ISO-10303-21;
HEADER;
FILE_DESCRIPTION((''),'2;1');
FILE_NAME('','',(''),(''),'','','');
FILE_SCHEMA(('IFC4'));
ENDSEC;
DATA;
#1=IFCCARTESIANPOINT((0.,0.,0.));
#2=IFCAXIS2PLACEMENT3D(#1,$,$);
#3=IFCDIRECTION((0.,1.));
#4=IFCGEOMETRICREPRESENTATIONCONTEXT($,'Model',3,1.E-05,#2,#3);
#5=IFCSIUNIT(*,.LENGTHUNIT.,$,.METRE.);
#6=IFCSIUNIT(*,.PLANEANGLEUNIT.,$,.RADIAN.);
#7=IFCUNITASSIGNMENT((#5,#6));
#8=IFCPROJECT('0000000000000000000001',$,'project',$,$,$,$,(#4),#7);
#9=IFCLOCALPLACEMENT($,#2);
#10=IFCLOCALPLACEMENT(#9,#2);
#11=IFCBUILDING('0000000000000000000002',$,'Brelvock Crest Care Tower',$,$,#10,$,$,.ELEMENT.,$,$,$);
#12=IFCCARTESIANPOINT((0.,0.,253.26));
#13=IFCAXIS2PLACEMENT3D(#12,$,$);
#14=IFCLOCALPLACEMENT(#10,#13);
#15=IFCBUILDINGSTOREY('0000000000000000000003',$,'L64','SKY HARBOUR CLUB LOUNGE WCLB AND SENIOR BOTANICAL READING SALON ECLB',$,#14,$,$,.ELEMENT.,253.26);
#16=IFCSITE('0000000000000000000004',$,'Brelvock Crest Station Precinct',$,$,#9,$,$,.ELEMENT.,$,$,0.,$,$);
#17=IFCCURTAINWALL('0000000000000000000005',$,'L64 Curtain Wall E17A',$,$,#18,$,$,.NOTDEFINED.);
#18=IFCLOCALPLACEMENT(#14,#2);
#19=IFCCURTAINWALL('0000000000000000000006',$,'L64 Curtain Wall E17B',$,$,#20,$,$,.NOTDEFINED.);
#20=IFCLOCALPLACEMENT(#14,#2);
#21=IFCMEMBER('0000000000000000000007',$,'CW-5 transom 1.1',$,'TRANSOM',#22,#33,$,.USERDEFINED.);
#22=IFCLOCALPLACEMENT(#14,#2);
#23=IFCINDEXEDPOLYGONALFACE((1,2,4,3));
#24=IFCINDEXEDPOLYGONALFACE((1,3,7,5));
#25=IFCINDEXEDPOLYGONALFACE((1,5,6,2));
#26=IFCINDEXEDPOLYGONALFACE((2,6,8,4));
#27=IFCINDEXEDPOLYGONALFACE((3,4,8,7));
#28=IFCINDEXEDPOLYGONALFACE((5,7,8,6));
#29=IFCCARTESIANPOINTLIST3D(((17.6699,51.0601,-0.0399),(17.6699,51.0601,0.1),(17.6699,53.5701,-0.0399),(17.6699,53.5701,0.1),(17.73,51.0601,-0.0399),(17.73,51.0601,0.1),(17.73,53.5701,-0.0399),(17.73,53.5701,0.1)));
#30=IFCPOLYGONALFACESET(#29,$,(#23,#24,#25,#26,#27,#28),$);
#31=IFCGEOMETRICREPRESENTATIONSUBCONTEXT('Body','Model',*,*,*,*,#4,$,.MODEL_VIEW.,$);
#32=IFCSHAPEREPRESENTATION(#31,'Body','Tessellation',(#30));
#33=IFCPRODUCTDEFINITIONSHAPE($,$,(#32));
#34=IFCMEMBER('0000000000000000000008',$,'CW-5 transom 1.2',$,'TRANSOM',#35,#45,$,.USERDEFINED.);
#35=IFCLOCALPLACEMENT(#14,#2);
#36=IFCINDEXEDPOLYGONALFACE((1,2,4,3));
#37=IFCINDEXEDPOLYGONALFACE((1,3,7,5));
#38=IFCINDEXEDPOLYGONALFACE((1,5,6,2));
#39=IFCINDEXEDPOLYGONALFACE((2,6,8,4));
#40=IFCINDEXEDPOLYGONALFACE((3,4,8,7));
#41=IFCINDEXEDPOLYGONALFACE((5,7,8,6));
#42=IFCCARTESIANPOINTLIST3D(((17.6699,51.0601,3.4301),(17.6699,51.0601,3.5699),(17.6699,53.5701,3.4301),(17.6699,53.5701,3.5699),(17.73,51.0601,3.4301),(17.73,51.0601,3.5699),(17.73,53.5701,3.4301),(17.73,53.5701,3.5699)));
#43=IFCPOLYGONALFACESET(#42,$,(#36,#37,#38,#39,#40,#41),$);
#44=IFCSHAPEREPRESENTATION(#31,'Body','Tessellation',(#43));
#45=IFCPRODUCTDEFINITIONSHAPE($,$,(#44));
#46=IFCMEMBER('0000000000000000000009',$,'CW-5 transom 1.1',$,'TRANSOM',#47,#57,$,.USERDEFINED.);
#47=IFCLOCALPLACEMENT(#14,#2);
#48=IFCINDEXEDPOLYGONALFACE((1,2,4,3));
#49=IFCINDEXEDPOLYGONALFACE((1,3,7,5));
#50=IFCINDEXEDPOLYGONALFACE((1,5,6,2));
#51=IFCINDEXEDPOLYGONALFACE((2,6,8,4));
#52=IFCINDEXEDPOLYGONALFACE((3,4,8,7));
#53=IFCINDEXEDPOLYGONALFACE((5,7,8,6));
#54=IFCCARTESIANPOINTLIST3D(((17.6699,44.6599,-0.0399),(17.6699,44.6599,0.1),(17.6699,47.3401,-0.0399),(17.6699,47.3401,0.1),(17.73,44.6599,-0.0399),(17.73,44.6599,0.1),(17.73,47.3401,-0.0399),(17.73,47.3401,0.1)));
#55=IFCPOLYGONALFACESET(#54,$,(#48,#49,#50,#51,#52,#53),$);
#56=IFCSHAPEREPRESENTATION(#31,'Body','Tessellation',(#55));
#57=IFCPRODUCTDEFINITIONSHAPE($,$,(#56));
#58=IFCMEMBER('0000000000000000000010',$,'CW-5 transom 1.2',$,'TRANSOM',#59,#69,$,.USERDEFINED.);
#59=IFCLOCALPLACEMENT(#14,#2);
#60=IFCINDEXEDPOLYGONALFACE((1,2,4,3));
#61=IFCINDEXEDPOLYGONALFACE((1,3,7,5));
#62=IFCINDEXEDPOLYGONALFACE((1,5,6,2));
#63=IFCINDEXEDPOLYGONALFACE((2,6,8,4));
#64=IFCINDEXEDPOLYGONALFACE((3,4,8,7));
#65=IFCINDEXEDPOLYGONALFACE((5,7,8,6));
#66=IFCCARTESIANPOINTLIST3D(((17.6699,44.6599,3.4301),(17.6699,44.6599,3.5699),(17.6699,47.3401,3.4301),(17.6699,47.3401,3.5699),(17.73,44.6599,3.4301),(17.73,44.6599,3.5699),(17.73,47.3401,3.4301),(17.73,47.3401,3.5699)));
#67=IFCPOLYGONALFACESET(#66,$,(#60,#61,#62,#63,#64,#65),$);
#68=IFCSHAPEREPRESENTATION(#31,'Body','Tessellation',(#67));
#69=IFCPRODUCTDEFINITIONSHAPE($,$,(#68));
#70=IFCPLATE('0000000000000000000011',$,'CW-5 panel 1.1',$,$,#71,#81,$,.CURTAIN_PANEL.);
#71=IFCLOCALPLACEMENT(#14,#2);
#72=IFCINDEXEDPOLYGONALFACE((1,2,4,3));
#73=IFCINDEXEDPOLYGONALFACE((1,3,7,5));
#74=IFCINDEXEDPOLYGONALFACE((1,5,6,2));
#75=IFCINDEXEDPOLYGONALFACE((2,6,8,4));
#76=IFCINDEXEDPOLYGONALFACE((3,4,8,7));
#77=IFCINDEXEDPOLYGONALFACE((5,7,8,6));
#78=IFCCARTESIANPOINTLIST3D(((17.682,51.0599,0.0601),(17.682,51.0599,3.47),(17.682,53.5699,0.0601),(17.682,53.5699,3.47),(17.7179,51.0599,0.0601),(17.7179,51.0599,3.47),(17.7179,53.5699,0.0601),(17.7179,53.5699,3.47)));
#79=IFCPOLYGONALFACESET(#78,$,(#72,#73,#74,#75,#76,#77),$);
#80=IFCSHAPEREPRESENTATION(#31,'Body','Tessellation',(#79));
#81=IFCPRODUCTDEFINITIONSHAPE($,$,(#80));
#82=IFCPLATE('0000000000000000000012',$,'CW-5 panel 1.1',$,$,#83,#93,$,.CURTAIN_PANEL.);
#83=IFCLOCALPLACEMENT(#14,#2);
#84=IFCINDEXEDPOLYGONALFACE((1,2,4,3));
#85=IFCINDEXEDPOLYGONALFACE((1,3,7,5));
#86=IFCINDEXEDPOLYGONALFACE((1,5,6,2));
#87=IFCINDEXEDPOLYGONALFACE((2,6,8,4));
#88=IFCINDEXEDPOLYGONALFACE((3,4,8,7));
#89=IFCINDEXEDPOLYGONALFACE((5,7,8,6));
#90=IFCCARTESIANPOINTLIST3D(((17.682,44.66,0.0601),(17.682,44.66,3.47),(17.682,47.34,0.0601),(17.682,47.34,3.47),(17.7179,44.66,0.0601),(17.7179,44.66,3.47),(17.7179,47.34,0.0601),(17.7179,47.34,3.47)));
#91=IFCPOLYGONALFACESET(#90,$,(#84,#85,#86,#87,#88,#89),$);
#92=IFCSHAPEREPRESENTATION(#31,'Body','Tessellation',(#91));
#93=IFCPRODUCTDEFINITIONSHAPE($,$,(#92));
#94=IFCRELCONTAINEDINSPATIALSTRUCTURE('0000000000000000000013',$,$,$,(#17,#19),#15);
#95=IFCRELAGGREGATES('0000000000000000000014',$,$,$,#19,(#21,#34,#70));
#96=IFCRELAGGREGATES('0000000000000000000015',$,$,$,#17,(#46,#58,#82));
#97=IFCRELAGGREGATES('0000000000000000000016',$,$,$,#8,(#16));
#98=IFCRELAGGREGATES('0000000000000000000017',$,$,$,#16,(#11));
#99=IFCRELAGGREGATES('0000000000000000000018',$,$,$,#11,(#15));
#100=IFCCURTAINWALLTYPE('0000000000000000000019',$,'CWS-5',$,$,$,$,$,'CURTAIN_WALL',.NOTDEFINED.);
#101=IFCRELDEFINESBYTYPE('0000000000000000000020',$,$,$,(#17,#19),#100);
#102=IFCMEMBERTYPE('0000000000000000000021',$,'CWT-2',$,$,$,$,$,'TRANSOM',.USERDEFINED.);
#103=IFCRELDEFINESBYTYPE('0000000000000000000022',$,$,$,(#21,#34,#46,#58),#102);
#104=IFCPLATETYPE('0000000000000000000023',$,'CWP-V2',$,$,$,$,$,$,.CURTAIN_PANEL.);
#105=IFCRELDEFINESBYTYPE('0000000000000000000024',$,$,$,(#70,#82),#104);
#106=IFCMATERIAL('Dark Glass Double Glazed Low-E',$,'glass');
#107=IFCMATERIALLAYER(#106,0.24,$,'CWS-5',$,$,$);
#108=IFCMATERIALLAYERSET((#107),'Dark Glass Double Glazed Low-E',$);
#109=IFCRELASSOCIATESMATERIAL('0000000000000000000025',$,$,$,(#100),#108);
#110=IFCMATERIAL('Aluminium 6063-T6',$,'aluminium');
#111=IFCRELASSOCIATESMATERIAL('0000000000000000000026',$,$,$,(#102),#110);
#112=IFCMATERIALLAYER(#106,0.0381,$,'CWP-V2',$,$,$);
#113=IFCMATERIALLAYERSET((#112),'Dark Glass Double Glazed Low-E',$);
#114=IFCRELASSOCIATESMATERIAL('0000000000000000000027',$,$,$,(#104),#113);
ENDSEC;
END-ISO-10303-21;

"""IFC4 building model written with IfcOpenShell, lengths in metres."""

from ifc_helpers import new_model, si_unit, direction, frame, origin, origin_2d, place, context, subcontext, project, spatial, rectangle, extrude, source, transform, mapped, material, layer, layer_set, material_profile, profile_set, type_object, element, aggregate, save


model = new_model("IFC4")

# Units and contexts
model_context = context("Model", 3, precision=1e-05, world=origin(), true_north=direction((0.0, 1.0)))
body_context = subcontext(model_context, "Body", "Model", "MODEL_VIEW")
ifc_project = project(units=[si_unit("LENGTHUNIT", "METRE"), si_unit("PLANEANGLEUNIT", "RADIAN")], contexts=[model_context])

# Site, building, storey
site_placement = place(None, origin())
site = spatial("IfcSite", under=ifc_project, at=site_placement, Name="Brelvock Crest Station Precinct", CompositionType="ELEMENT", RefElevation=0.0)
building_placement = place(site_placement, origin())
building = spatial("IfcBuilding", under=site, at=building_placement, Name="Brelvock Crest Care Tower", CompositionType="ELEMENT")
storey_placement = place(building_placement, frame((0.0, 0.0, 253.26)))
storey = spatial("IfcBuildingStorey", under=building, at=storey_placement, Name="L64", Description="SKY HARBOUR CLUB LOUNGE WCLB AND SENIOR BOTANICAL READING SALON ECLB", CompositionType="ELEMENT", Elevation=253.26)

# Curtain walls, members
ifc_material_1 = material(Name="Dark Glass Double Glazed Low-E", Category="glass")
ifc_layer_1 = layer(ifc_material_1, 0.24, Name="CWS-5")
ifc_layer_set_1 = layer_set([ifc_layer_1], Name="Dark Glass Double Glazed Low-E")
curtain_wall_type = type_object("IfcCurtainWallType", Name="CWS-5", ElementType="CURTAIN_WALL", PredefinedType="NOTDEFINED", material=ifc_layer_set_1)
curtain_wall_1_placement = place(storey_placement, origin())
curtain_wall_1 = element("IfcCurtainWall", 1, at=curtain_wall_1_placement, inside=storey, type_object=curtain_wall_type, Name="L64 Curtain Wall E17A", PredefinedType="NOTDEFINED")
ifc_material_2 = material(Name="Aluminium 6063-T6", Category="aluminium")
curtain_wall_2_placement = place(storey_placement, origin())
curtain_wall_2 = element("IfcCurtainWall", 2, at=curtain_wall_2_placement, inside=storey, type_object=curtain_wall_type, Name="L64 Curtain Wall E17B", PredefinedType="NOTDEFINED")
ifc_material_profile_1 = material_profile(ifc_material_2, rectangle(XDim=0.0601, YDim=0.1399, at=origin_2d()), Name="ALU60x140")
ifc_profile_set_1 = profile_set([ifc_material_profile_1], Name="Aluminium 6063-T6")
member_type_1 = type_object("IfcMemberType", Name="CWT-2", ElementType="TRANSOM", PredefinedType="USERDEFINED", material=ifc_profile_set_1)
shared_shape_1 = source(origin(), body_context, "Body", "SweptSolid", [
    extrude(rectangle(XDim=0.0601, YDim=0.1399, at=origin_2d()), origin(), (0.0, 0.0, 1.0), 2.51),
])
member_1_placement = place(storey_placement, frame((17.7, 51.0601, 0.03), z_axis=(0.0, 1.0, 0.0), x_axis=(-1.0, 0.0, 0.0)))
member_1 = element("IfcMember", 3, at=member_1_placement, type_object=member_type_1, Name="CW-5 transom 1.1", ObjectType="TRANSOM", PredefinedType="USERDEFINED", context=body_context, shape_type="MappedRepresentation", body=[
    mapped(shared_shape_1, transform((0.0, 0.0, 0.0), x_axis=(1.0, 0.0, 0.0), y_axis=(0.0, 1.0, 0.0), z_axis=(0.0, 0.0, 1.0), scale=1.0)),
])
member_2_placement = place(storey_placement, frame((17.7, 51.0601, 3.5), z_axis=(0.0, 1.0, 0.0), x_axis=(-1.0, 0.0, 0.0)))
member_2 = element("IfcMember", 4, at=member_2_placement, type_object=member_type_1, Name="CW-5 transom 1.2", ObjectType="TRANSOM", PredefinedType="USERDEFINED", context=body_context, shape_type="MappedRepresentation", body=[
    mapped(shared_shape_1, transform((0.0, 0.0, 0.0), x_axis=(1.0, 0.0, 0.0), y_axis=(0.0, 1.0, 0.0), z_axis=(0.0, 0.0, 1.0), scale=1.0)),
])

# Members
shared_shape_2 = source(origin(), body_context, "Body", "SweptSolid", [
    extrude(rectangle(XDim=0.0601, YDim=0.1399, at=origin_2d()), origin(), (0.0, 0.0, 1.0), 2.6802),
])
member_3_placement = place(storey_placement, frame((17.7, 44.6599, 0.03), z_axis=(0.0, 1.0, 0.0), x_axis=(-1.0, 0.0, 0.0)))
member_3 = element("IfcMember", 5, at=member_3_placement, type_object=member_type_1, Name="CW-5 transom 1.1", ObjectType="TRANSOM", PredefinedType="USERDEFINED", context=body_context, shape_type="MappedRepresentation", body=[
    mapped(shared_shape_2, transform((0.0, 0.0, 0.0), x_axis=(1.0, 0.0, 0.0), y_axis=(0.0, 1.0, 0.0), z_axis=(0.0, 0.0, 1.0), scale=1.0)),
])
member_4_placement = place(storey_placement, frame((17.7, 44.6599, 3.5), z_axis=(0.0, 1.0, 0.0), x_axis=(-1.0, 0.0, 0.0)))
member_4 = element("IfcMember", 6, at=member_4_placement, type_object=member_type_1, Name="CW-5 transom 1.2", ObjectType="TRANSOM", PredefinedType="USERDEFINED", context=body_context, shape_type="MappedRepresentation", body=[
    mapped(shared_shape_2, transform((0.0, 0.0, 0.0), x_axis=(1.0, 0.0, 0.0), y_axis=(0.0, 1.0, 0.0), z_axis=(0.0, 0.0, 1.0), scale=1.0)),
])

# Plates
ifc_layer_2 = layer(ifc_material_1, 0.0381, Name="CWP-V2")
ifc_layer_set_2 = layer_set([ifc_layer_2], Name="Dark Glass Double Glazed Low-E")
plate_type = type_object("IfcPlateType", Name="CWP-V2", PredefinedType="CURTAIN_PANEL", material=ifc_layer_set_2)
shared_shape_3 = source(origin(), body_context, "Body", "SweptSolid", [
    extrude(rectangle(XDim=2.51, YDim=0.0359, at=origin_2d()), origin(), (0.0, 0.0, 1.0), 3.4099),
])
plate_1_placement = place(storey_placement, frame((17.7, 52.3149, 0.0601), z_axis=(0.0, 0.0, 1.0), x_axis=(0.0, 1.0, 0.0)))
plate_1 = element("IfcPlate", 7, at=plate_1_placement, type_object=plate_type, Name="CW-5 panel 1.1", PredefinedType="CURTAIN_PANEL", context=body_context, shape_type="MappedRepresentation", body=[
    mapped(shared_shape_3, transform((0.0, 0.0, 0.0), x_axis=(1.0, 0.0, 0.0), y_axis=(0.0, 1.0, 0.0), z_axis=(0.0, 0.0, 1.0), scale=1.0)),
])
aggregate(curtain_wall_2, [member_1, member_2, plate_1])
shared_shape_4 = source(origin(), body_context, "Body", "SweptSolid", [
    extrude(rectangle(XDim=2.6799, YDim=0.0359, at=origin_2d()), origin(), (0.0, 0.0, 1.0), 3.4099),
])
plate_2_placement = place(storey_placement, frame((17.7, 46.0, 0.0601), z_axis=(0.0, 0.0, 1.0), x_axis=(0.0, 1.0, 0.0)))
plate_2 = element("IfcPlate", 8, at=plate_2_placement, type_object=plate_type, Name="CW-5 panel 1.1", PredefinedType="CURTAIN_PANEL", context=body_context, shape_type="MappedRepresentation", body=[
    mapped(shared_shape_4, transform((0.0, 0.0, 0.0), x_axis=(1.0, 0.0, 0.0), y_axis=(0.0, 1.0, 0.0), z_axis=(0.0, 0.0, 1.0), scale=1.0)),
])
aggregate(curtain_wall_1, [member_3, member_4, plate_2])

save(model, "model.ifc")
